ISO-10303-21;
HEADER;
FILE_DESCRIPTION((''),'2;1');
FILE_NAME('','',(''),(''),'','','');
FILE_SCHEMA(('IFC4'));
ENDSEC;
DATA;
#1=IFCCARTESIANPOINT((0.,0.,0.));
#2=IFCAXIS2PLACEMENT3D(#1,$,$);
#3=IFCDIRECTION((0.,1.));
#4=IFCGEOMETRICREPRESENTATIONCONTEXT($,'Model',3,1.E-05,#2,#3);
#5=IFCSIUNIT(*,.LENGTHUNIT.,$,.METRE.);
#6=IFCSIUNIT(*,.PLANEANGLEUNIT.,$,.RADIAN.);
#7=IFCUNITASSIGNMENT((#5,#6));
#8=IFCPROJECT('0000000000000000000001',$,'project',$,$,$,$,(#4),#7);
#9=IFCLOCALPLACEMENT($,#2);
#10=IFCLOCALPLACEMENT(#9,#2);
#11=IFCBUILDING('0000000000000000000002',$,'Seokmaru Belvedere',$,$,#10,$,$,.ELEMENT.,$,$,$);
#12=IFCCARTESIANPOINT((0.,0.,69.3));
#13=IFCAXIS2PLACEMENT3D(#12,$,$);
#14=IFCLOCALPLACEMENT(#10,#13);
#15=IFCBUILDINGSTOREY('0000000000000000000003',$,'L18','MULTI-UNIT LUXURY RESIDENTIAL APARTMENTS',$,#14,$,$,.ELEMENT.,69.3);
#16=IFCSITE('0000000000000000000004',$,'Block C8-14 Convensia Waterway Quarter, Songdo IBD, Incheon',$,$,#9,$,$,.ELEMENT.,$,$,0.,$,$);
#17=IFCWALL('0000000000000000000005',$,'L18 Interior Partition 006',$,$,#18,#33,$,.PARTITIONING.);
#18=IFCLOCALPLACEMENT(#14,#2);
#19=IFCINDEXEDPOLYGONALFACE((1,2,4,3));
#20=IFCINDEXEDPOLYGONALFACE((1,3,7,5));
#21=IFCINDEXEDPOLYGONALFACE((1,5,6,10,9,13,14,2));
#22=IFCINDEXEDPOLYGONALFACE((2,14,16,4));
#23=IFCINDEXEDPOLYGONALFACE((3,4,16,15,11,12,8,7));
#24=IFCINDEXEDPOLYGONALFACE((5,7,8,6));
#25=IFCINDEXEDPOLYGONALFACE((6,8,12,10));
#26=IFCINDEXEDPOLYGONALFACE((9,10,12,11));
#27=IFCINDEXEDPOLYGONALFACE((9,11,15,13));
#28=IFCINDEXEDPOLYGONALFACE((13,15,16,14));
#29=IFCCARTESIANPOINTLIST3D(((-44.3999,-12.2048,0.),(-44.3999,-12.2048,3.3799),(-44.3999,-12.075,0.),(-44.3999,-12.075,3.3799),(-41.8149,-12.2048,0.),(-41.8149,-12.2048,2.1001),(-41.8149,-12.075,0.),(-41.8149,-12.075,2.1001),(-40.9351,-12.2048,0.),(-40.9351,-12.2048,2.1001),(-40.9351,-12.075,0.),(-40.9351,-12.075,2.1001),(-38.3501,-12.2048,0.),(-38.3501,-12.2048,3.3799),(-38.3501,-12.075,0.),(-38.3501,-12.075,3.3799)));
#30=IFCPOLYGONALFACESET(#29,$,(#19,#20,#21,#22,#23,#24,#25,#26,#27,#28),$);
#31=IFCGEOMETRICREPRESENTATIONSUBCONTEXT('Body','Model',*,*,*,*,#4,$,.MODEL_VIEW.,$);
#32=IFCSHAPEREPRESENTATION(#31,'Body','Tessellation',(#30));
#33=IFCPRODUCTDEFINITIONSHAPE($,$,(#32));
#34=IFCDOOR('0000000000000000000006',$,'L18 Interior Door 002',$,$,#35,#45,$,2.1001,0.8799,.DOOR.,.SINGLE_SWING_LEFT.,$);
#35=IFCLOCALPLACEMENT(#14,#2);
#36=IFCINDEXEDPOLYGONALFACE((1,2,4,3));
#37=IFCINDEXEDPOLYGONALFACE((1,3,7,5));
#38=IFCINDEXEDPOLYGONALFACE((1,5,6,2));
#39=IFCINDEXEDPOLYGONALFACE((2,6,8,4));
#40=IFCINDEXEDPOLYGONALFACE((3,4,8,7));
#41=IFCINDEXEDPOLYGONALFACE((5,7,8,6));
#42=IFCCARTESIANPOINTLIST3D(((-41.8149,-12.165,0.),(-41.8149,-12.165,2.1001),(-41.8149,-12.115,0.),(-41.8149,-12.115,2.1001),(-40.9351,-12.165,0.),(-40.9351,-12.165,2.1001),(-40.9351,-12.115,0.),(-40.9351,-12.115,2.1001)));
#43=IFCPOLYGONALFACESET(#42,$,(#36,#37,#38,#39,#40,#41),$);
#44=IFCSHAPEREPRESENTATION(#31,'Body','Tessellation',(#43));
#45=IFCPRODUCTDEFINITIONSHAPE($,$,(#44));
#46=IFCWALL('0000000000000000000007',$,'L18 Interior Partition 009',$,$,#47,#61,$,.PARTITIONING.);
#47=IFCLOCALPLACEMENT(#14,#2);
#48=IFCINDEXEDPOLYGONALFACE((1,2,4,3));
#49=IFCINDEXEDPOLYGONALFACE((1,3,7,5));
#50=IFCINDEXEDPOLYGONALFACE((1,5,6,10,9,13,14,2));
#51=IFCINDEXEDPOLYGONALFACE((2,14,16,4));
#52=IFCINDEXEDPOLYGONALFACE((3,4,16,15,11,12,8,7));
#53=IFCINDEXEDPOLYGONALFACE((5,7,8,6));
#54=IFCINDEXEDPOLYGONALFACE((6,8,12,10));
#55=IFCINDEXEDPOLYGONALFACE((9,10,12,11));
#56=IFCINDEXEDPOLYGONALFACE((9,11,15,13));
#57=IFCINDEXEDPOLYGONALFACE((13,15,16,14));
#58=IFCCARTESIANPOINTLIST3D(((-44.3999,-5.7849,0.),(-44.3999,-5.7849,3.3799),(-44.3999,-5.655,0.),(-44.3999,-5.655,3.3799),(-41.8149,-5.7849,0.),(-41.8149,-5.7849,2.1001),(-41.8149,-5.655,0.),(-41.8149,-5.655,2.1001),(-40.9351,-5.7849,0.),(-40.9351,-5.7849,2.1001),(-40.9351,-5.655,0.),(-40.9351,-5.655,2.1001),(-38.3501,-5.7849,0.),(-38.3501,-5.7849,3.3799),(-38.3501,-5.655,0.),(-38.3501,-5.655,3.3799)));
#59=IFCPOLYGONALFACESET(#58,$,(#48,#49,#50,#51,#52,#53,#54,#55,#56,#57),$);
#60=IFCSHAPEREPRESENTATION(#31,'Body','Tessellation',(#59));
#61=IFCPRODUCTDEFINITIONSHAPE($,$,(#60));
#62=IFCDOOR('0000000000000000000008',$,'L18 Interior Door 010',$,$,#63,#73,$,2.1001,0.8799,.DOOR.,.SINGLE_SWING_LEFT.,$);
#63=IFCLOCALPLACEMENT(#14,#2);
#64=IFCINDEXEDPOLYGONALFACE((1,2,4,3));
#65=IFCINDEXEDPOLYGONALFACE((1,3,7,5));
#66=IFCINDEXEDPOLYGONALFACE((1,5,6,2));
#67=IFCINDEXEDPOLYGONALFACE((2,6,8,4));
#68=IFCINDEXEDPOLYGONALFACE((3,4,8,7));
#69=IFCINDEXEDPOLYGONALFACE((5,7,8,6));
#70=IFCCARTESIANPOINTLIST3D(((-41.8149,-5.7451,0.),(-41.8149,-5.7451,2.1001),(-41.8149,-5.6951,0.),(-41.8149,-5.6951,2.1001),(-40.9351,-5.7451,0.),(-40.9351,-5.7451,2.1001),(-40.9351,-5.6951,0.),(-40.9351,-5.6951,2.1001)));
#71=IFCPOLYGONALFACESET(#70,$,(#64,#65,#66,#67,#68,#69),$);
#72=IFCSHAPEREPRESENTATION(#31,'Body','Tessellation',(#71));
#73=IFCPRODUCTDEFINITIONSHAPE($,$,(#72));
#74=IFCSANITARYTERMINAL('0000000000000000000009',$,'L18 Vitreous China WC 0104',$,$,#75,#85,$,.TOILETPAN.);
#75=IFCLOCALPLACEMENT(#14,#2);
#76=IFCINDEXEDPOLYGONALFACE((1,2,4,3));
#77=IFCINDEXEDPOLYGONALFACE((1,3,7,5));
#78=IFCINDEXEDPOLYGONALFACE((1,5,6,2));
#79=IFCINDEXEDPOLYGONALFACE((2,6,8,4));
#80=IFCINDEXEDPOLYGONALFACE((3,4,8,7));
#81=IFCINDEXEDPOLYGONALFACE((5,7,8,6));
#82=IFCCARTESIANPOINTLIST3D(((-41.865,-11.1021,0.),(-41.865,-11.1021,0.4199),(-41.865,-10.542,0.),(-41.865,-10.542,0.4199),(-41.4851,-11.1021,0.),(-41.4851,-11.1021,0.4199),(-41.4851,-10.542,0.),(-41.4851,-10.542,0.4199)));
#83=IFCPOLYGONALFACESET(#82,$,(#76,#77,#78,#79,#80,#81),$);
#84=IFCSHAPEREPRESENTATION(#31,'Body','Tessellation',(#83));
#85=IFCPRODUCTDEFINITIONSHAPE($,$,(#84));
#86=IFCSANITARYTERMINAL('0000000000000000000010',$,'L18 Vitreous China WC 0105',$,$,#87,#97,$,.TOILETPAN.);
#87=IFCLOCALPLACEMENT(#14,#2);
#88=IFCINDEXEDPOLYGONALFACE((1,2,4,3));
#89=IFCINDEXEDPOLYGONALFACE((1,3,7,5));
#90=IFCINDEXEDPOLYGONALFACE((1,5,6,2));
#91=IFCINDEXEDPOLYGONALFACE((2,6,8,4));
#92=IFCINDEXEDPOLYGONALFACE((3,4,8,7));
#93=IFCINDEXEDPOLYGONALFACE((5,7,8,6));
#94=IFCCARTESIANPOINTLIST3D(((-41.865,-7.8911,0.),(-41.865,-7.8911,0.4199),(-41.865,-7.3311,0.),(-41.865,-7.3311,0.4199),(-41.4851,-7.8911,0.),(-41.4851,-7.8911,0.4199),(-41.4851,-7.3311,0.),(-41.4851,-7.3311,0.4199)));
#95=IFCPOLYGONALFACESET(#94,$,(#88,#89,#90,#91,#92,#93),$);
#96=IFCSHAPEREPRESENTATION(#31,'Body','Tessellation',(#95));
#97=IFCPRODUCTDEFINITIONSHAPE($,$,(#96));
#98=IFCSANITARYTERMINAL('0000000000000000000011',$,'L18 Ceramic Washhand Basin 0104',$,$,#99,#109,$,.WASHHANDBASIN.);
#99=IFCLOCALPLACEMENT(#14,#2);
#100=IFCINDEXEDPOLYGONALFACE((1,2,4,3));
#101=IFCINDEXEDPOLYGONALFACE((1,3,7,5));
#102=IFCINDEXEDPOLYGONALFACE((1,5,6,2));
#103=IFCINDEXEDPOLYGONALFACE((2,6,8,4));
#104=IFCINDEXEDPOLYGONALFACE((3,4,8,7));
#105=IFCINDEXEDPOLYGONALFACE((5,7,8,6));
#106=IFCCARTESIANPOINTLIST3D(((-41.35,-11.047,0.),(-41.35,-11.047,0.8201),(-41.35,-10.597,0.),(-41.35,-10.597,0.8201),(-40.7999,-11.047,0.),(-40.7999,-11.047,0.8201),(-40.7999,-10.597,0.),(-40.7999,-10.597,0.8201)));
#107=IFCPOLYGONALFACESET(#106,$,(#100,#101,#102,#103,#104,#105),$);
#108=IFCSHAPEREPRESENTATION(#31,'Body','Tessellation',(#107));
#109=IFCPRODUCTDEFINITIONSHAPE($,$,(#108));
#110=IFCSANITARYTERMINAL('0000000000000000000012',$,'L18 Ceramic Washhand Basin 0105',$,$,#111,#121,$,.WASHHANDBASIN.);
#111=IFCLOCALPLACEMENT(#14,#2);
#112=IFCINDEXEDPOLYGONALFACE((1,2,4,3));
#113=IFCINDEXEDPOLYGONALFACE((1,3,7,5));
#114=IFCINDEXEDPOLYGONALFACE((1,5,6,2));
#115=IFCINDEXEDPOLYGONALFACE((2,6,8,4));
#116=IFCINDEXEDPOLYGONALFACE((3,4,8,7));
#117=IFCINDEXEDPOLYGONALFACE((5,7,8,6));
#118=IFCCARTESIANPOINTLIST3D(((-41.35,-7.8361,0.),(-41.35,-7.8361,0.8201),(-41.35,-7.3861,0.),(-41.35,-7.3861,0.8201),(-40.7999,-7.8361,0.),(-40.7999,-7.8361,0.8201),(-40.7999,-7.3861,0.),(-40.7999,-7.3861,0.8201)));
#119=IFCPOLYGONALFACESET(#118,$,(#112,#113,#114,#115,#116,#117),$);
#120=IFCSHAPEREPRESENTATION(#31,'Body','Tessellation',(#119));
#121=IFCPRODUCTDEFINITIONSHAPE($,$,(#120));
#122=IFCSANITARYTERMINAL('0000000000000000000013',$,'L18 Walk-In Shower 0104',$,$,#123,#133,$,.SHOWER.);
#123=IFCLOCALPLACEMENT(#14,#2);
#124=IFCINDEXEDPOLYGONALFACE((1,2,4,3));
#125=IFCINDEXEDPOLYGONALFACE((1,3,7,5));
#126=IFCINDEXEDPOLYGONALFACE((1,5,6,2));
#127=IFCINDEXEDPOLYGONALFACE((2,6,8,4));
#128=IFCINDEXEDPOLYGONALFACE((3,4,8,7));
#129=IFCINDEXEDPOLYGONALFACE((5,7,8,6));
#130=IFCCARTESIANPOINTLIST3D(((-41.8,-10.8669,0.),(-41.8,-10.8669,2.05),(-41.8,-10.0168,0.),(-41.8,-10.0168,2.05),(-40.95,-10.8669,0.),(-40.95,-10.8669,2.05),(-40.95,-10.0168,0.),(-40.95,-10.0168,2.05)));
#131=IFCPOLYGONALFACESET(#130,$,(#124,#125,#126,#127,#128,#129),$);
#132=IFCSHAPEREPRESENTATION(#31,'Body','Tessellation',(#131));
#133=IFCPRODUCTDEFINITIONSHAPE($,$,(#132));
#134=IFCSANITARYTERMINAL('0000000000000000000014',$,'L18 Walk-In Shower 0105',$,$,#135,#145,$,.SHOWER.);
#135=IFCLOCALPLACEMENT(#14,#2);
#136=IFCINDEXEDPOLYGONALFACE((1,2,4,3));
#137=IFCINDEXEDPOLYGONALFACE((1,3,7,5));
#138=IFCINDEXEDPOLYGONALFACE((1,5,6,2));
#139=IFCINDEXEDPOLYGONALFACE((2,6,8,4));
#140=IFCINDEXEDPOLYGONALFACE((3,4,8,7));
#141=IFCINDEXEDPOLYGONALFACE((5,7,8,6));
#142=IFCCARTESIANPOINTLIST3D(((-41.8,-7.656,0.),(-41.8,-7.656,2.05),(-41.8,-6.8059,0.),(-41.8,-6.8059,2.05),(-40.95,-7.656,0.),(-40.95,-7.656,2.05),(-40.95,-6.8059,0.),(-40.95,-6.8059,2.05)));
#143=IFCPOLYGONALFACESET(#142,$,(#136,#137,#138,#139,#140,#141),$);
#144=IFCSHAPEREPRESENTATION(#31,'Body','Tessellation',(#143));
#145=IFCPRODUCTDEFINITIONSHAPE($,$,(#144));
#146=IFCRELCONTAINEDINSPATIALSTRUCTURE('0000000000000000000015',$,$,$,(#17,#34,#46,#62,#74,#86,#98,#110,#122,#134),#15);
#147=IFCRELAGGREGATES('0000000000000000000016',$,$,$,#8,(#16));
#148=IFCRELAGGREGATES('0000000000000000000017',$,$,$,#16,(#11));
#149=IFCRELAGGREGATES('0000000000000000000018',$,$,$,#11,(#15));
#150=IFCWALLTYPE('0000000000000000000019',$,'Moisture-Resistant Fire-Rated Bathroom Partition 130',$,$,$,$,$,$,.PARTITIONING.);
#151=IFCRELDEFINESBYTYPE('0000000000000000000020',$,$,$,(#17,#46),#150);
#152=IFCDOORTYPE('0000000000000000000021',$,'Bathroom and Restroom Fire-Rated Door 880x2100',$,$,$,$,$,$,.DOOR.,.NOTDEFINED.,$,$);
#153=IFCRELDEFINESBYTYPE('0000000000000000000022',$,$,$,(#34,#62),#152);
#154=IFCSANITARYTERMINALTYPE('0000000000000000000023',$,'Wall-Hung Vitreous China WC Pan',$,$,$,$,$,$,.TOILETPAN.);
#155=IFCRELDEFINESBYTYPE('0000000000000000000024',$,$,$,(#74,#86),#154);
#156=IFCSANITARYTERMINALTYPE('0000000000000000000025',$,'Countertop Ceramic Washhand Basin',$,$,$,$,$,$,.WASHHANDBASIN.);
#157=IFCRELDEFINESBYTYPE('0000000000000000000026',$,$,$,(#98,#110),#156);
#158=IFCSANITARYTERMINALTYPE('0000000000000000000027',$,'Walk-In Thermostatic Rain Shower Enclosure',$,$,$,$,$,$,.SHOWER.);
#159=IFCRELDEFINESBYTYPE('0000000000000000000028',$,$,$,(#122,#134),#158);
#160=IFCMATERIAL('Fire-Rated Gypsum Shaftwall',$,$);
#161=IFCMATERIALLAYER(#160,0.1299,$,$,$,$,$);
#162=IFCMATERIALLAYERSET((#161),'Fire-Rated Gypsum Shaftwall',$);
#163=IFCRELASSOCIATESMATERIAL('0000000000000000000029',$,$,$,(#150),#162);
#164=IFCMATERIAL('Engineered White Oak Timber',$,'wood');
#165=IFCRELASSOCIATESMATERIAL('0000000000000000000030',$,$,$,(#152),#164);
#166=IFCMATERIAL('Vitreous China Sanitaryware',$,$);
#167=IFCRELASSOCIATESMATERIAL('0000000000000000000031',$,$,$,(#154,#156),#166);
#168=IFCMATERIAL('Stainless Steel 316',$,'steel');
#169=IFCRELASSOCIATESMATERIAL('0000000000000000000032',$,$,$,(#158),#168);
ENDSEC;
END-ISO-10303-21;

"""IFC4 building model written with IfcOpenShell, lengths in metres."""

from ifc_helpers import new_model, si_unit, direction, frame, frame_2d, origin, origin_2d, place, context, subcontext, project, spatial, rectangle, extrude, source, transform, mapped, material, layer, layer_set, type_object, type_shapes, element, fill, save


model = new_model("IFC4")

# Units and contexts
model_context = context("Model", 3, precision=1e-05, world=origin(), true_north=direction((0.0, 1.0)))
body_context = subcontext(model_context, "Body", "Model", "MODEL_VIEW")
ifc_project = project(units=[si_unit("LENGTHUNIT", "METRE"), si_unit("PLANEANGLEUNIT", "RADIAN")], contexts=[model_context])

# Site, building, storey
site_placement = place(None, origin())
site = spatial("IfcSite", under=ifc_project, at=site_placement, Name="Block C8-14 Convensia Waterway Quarter, Songdo IBD, Incheon", CompositionType="ELEMENT", RefElevation=0.0)
building_placement = place(site_placement, origin())
building = spatial("IfcBuilding", under=site, at=building_placement, Name="Seokmaru Belvedere", CompositionType="ELEMENT")
storey_placement = place(building_placement, frame((0.0, 0.0, 69.3)))
storey = spatial("IfcBuildingStorey", under=building, at=storey_placement, Name="L18", Description="MULTI-UNIT LUXURY RESIDENTIAL APARTMENTS", CompositionType="ELEMENT", Elevation=69.3)

# Walls, openings, doors
ifc_material_1 = material(Name="Fire-Rated Gypsum Shaftwall")
ifc_layer = layer(ifc_material_1, 0.1299)
ifc_layer_set = layer_set([ifc_layer], Name="Fire-Rated Gypsum Shaftwall")
wall_type = type_object("IfcWallType", Name="Moisture-Resistant Fire-Rated Bathroom Partition 130", PredefinedType="PARTITIONING", material=ifc_layer_set)
wall_1_placement = place(storey_placement, frame((-44.3999, -12.1399, 0.0), z_axis=(0.0, 0.0, 1.0), x_axis=(1.0, 0.0, 0.0)))
wall_1 = element("IfcWall", 1, at=wall_1_placement, inside=storey, type_object=wall_type, Name="L18 Interior Partition 006", PredefinedType="PARTITIONING", context=body_context, shape_type="SweptSolid", body=[
    extrude(rectangle(XDim=6.0498, YDim=0.1299, at=frame_2d((3.0249, 0.0))), origin(), (0.0, 0.0, 1.0), 3.3799),
])
opening_1_placement = place(wall_1_placement, frame((2.585, 0.0, 0.0)))
opening_1 = element("IfcOpeningElement", 2, at=opening_1_placement, cuts=wall_1, PredefinedType="OPENING", context=body_context, shape_type="SweptSolid", body=[
    extrude(rectangle(XDim=0.8799, YDim=2.1001, at=frame_2d((0.4399, 1.05))), frame((0.0, 0.075, 0.0), z_axis=(0.0, -1.0, 0.0), x_axis=(1.0, 0.0, 0.0)), (0.0, 0.0, 1.0), 0.1499),
])
ifc_material_2 = material(Name="Engineered White Oak Timber", Category="wood")
door_type = type_object("IfcDoorType", Name="Bathroom and Restroom Fire-Rated Door 880x2100", OperationType="NOTDEFINED", PredefinedType="DOOR", material=ifc_material_2)
shared_shape_1 = source(origin(), body_context, "Body", "SweptSolid", [
    extrude(rectangle(XDim=0.8799, YDim=2.1001, at=frame_2d((0.4399, 1.05))), frame((0.0, 0.0249, 0.0), z_axis=(0.0, -1.0, 0.0), x_axis=(1.0, 0.0, 0.0)), (0.0, 0.0, 1.0), 0.05),
])
type_shapes(door_type, [shared_shape_1])
door_1_placement = place(opening_1_placement, origin())
door_1 = element("IfcDoor", 3, at=door_1_placement, inside=storey, type_object=door_type, Name="L18 Interior Door 002", OperationType="SINGLE_SWING_LEFT", OverallHeight=2.1001, OverallWidth=0.8799, PredefinedType="DOOR", context=body_context, shape_type="MappedRepresentation", body=[
    mapped(shared_shape_1, transform((0.0, 0.0, 0.0), scale=1.0)),
])
fill(opening_1, door_1)
wall_2_placement = place(storey_placement, frame((-44.3999, -5.72, 0.0), z_axis=(0.0, 0.0, 1.0), x_axis=(1.0, 0.0, 0.0)))
wall_2 = element("IfcWall", 4, at=wall_2_placement, inside=storey, type_object=wall_type, Name="L18 Interior Partition 009", PredefinedType="PARTITIONING", context=body_context, shape_type="SweptSolid", body=[
    extrude(rectangle(XDim=6.0498, YDim=0.1299, at=frame_2d((3.0249, 0.0))), origin(), (0.0, 0.0, 1.0), 3.3799),
])
opening_2_placement = place(wall_2_placement, frame((2.585, 0.0, 0.0)))
opening_2 = element("IfcOpeningElement", 5, at=opening_2_placement, cuts=wall_2, PredefinedType="OPENING", context=body_context, shape_type="SweptSolid", body=[
    extrude(rectangle(XDim=0.8799, YDim=2.1001, at=frame_2d((0.4399, 1.05))), frame((0.0, 0.075, 0.0), z_axis=(0.0, -1.0, 0.0), x_axis=(1.0, 0.0, 0.0)), (0.0, 0.0, 1.0), 0.1499),
])
door_2_placement = place(opening_2_placement, origin())
door_2 = element("IfcDoor", 6, at=door_2_placement, inside=storey, type_object=door_type, Name="L18 Interior Door 010", OperationType="SINGLE_SWING_LEFT", OverallHeight=2.1001, OverallWidth=0.8799, PredefinedType="DOOR", context=body_context, shape_type="MappedRepresentation", body=[
    mapped(shared_shape_1, transform((0.0, 0.0, 0.0), scale=1.0)),
])
fill(opening_2, door_2)

# Sanitary terminals
ifc_material_3 = material(Name="Vitreous China Sanitaryware")
sanitary_terminal_type_1 = type_object("IfcSanitaryTerminalType", Name="Wall-Hung Vitreous China WC Pan", PredefinedType="TOILETPAN", material=ifc_material_3)
shared_shape_2 = source(origin(), body_context, "Body", "SweptSolid", [
    extrude(rectangle(XDim=0.3799, YDim=0.5601, at=origin_2d()), origin(), (0.0, 0.0, 1.0), 0.4199),
])
type_shapes(sanitary_terminal_type_1, [shared_shape_2])
for number, where, z_axis, x_axis, name in (
    (7, (-41.675, -10.822, 0.0), (0.0, 0.0, 1.0), (1.0, 0.0, 0.0), "L18 Vitreous China WC 0104"),
    (8, (-41.675, -7.6111, 0.0), (0.0, 0.0, 1.0), (1.0, 0.0, 0.0), "L18 Vitreous China WC 0105"),
):
    element("IfcSanitaryTerminal", number, at=place(storey_placement, frame(where, z_axis=z_axis, x_axis=x_axis)), inside=storey, type_object=sanitary_terminal_type_1, Name=name, PredefinedType="TOILETPAN", context=body_context, shape_type="MappedRepresentation", body=[
        mapped(shared_shape_2, transform((0.0, 0.0, 0.0), scale=1.0)),
    ])
sanitary_terminal_type_2 = type_object("IfcSanitaryTerminalType", Name="Countertop Ceramic Washhand Basin", PredefinedType="WASHHANDBASIN", material=ifc_material_3)
shared_shape_3 = source(origin(), body_context, "Body", "SweptSolid", [
    extrude(rectangle(XDim=0.55, YDim=0.45, at=origin_2d()), origin(), (0.0, 0.0, 1.0), 0.8201),
])
type_shapes(sanitary_terminal_type_2, [shared_shape_3])
for number, where, z_axis, x_axis, name in (
    (9, (-41.075, -10.822, 0.0), (0.0, 0.0, 1.0), (1.0, 0.0, 0.0), "L18 Ceramic Washhand Basin 0104"),
    (10, (-41.075, -7.6111, 0.0), (0.0, 0.0, 1.0), (1.0, 0.0, 0.0), "L18 Ceramic Washhand Basin 0105"),
):
    element("IfcSanitaryTerminal", number, at=place(storey_placement, frame(where, z_axis=z_axis, x_axis=x_axis)), inside=storey, type_object=sanitary_terminal_type_2, Name=name, PredefinedType="WASHHANDBASIN", context=body_context, shape_type="MappedRepresentation", body=[
        mapped(shared_shape_3, transform((0.0, 0.0, 0.0), scale=1.0)),
    ])
ifc_material_4 = material(Name="Stainless Steel 316", Category="steel")
sanitary_terminal_type_3 = type_object("IfcSanitaryTerminalType", Name="Walk-In Thermostatic Rain Shower Enclosure", PredefinedType="SHOWER", material=ifc_material_4)
shared_shape_4 = source(origin(), body_context, "Body", "SweptSolid", [
    extrude(rectangle(XDim=0.8501, YDim=0.8501, at=origin_2d()), origin(), (0.0, 0.0, 1.0), 2.05),
])
type_shapes(sanitary_terminal_type_3, [shared_shape_4])
for number, where, z_axis, x_axis, name in (
    (11, (-41.375, -10.4419, 0.0), (0.0, 0.0, 1.0), (1.0, 0.0, 0.0), "L18 Walk-In Shower 0104"),
    (12, (-41.375, -7.231, 0.0), (0.0, 0.0, 1.0), (1.0, 0.0, 0.0), "L18 Walk-In Shower 0105"),
):
    element("IfcSanitaryTerminal", number, at=place(storey_placement, frame(where, z_axis=z_axis, x_axis=x_axis)), inside=storey, type_object=sanitary_terminal_type_3, Name=name, PredefinedType="SHOWER", context=body_context, shape_type="MappedRepresentation", body=[
        mapped(shared_shape_4, transform((0.0, 0.0, 0.0), scale=1.0)),
    ])

save(model, "model.ifc")
